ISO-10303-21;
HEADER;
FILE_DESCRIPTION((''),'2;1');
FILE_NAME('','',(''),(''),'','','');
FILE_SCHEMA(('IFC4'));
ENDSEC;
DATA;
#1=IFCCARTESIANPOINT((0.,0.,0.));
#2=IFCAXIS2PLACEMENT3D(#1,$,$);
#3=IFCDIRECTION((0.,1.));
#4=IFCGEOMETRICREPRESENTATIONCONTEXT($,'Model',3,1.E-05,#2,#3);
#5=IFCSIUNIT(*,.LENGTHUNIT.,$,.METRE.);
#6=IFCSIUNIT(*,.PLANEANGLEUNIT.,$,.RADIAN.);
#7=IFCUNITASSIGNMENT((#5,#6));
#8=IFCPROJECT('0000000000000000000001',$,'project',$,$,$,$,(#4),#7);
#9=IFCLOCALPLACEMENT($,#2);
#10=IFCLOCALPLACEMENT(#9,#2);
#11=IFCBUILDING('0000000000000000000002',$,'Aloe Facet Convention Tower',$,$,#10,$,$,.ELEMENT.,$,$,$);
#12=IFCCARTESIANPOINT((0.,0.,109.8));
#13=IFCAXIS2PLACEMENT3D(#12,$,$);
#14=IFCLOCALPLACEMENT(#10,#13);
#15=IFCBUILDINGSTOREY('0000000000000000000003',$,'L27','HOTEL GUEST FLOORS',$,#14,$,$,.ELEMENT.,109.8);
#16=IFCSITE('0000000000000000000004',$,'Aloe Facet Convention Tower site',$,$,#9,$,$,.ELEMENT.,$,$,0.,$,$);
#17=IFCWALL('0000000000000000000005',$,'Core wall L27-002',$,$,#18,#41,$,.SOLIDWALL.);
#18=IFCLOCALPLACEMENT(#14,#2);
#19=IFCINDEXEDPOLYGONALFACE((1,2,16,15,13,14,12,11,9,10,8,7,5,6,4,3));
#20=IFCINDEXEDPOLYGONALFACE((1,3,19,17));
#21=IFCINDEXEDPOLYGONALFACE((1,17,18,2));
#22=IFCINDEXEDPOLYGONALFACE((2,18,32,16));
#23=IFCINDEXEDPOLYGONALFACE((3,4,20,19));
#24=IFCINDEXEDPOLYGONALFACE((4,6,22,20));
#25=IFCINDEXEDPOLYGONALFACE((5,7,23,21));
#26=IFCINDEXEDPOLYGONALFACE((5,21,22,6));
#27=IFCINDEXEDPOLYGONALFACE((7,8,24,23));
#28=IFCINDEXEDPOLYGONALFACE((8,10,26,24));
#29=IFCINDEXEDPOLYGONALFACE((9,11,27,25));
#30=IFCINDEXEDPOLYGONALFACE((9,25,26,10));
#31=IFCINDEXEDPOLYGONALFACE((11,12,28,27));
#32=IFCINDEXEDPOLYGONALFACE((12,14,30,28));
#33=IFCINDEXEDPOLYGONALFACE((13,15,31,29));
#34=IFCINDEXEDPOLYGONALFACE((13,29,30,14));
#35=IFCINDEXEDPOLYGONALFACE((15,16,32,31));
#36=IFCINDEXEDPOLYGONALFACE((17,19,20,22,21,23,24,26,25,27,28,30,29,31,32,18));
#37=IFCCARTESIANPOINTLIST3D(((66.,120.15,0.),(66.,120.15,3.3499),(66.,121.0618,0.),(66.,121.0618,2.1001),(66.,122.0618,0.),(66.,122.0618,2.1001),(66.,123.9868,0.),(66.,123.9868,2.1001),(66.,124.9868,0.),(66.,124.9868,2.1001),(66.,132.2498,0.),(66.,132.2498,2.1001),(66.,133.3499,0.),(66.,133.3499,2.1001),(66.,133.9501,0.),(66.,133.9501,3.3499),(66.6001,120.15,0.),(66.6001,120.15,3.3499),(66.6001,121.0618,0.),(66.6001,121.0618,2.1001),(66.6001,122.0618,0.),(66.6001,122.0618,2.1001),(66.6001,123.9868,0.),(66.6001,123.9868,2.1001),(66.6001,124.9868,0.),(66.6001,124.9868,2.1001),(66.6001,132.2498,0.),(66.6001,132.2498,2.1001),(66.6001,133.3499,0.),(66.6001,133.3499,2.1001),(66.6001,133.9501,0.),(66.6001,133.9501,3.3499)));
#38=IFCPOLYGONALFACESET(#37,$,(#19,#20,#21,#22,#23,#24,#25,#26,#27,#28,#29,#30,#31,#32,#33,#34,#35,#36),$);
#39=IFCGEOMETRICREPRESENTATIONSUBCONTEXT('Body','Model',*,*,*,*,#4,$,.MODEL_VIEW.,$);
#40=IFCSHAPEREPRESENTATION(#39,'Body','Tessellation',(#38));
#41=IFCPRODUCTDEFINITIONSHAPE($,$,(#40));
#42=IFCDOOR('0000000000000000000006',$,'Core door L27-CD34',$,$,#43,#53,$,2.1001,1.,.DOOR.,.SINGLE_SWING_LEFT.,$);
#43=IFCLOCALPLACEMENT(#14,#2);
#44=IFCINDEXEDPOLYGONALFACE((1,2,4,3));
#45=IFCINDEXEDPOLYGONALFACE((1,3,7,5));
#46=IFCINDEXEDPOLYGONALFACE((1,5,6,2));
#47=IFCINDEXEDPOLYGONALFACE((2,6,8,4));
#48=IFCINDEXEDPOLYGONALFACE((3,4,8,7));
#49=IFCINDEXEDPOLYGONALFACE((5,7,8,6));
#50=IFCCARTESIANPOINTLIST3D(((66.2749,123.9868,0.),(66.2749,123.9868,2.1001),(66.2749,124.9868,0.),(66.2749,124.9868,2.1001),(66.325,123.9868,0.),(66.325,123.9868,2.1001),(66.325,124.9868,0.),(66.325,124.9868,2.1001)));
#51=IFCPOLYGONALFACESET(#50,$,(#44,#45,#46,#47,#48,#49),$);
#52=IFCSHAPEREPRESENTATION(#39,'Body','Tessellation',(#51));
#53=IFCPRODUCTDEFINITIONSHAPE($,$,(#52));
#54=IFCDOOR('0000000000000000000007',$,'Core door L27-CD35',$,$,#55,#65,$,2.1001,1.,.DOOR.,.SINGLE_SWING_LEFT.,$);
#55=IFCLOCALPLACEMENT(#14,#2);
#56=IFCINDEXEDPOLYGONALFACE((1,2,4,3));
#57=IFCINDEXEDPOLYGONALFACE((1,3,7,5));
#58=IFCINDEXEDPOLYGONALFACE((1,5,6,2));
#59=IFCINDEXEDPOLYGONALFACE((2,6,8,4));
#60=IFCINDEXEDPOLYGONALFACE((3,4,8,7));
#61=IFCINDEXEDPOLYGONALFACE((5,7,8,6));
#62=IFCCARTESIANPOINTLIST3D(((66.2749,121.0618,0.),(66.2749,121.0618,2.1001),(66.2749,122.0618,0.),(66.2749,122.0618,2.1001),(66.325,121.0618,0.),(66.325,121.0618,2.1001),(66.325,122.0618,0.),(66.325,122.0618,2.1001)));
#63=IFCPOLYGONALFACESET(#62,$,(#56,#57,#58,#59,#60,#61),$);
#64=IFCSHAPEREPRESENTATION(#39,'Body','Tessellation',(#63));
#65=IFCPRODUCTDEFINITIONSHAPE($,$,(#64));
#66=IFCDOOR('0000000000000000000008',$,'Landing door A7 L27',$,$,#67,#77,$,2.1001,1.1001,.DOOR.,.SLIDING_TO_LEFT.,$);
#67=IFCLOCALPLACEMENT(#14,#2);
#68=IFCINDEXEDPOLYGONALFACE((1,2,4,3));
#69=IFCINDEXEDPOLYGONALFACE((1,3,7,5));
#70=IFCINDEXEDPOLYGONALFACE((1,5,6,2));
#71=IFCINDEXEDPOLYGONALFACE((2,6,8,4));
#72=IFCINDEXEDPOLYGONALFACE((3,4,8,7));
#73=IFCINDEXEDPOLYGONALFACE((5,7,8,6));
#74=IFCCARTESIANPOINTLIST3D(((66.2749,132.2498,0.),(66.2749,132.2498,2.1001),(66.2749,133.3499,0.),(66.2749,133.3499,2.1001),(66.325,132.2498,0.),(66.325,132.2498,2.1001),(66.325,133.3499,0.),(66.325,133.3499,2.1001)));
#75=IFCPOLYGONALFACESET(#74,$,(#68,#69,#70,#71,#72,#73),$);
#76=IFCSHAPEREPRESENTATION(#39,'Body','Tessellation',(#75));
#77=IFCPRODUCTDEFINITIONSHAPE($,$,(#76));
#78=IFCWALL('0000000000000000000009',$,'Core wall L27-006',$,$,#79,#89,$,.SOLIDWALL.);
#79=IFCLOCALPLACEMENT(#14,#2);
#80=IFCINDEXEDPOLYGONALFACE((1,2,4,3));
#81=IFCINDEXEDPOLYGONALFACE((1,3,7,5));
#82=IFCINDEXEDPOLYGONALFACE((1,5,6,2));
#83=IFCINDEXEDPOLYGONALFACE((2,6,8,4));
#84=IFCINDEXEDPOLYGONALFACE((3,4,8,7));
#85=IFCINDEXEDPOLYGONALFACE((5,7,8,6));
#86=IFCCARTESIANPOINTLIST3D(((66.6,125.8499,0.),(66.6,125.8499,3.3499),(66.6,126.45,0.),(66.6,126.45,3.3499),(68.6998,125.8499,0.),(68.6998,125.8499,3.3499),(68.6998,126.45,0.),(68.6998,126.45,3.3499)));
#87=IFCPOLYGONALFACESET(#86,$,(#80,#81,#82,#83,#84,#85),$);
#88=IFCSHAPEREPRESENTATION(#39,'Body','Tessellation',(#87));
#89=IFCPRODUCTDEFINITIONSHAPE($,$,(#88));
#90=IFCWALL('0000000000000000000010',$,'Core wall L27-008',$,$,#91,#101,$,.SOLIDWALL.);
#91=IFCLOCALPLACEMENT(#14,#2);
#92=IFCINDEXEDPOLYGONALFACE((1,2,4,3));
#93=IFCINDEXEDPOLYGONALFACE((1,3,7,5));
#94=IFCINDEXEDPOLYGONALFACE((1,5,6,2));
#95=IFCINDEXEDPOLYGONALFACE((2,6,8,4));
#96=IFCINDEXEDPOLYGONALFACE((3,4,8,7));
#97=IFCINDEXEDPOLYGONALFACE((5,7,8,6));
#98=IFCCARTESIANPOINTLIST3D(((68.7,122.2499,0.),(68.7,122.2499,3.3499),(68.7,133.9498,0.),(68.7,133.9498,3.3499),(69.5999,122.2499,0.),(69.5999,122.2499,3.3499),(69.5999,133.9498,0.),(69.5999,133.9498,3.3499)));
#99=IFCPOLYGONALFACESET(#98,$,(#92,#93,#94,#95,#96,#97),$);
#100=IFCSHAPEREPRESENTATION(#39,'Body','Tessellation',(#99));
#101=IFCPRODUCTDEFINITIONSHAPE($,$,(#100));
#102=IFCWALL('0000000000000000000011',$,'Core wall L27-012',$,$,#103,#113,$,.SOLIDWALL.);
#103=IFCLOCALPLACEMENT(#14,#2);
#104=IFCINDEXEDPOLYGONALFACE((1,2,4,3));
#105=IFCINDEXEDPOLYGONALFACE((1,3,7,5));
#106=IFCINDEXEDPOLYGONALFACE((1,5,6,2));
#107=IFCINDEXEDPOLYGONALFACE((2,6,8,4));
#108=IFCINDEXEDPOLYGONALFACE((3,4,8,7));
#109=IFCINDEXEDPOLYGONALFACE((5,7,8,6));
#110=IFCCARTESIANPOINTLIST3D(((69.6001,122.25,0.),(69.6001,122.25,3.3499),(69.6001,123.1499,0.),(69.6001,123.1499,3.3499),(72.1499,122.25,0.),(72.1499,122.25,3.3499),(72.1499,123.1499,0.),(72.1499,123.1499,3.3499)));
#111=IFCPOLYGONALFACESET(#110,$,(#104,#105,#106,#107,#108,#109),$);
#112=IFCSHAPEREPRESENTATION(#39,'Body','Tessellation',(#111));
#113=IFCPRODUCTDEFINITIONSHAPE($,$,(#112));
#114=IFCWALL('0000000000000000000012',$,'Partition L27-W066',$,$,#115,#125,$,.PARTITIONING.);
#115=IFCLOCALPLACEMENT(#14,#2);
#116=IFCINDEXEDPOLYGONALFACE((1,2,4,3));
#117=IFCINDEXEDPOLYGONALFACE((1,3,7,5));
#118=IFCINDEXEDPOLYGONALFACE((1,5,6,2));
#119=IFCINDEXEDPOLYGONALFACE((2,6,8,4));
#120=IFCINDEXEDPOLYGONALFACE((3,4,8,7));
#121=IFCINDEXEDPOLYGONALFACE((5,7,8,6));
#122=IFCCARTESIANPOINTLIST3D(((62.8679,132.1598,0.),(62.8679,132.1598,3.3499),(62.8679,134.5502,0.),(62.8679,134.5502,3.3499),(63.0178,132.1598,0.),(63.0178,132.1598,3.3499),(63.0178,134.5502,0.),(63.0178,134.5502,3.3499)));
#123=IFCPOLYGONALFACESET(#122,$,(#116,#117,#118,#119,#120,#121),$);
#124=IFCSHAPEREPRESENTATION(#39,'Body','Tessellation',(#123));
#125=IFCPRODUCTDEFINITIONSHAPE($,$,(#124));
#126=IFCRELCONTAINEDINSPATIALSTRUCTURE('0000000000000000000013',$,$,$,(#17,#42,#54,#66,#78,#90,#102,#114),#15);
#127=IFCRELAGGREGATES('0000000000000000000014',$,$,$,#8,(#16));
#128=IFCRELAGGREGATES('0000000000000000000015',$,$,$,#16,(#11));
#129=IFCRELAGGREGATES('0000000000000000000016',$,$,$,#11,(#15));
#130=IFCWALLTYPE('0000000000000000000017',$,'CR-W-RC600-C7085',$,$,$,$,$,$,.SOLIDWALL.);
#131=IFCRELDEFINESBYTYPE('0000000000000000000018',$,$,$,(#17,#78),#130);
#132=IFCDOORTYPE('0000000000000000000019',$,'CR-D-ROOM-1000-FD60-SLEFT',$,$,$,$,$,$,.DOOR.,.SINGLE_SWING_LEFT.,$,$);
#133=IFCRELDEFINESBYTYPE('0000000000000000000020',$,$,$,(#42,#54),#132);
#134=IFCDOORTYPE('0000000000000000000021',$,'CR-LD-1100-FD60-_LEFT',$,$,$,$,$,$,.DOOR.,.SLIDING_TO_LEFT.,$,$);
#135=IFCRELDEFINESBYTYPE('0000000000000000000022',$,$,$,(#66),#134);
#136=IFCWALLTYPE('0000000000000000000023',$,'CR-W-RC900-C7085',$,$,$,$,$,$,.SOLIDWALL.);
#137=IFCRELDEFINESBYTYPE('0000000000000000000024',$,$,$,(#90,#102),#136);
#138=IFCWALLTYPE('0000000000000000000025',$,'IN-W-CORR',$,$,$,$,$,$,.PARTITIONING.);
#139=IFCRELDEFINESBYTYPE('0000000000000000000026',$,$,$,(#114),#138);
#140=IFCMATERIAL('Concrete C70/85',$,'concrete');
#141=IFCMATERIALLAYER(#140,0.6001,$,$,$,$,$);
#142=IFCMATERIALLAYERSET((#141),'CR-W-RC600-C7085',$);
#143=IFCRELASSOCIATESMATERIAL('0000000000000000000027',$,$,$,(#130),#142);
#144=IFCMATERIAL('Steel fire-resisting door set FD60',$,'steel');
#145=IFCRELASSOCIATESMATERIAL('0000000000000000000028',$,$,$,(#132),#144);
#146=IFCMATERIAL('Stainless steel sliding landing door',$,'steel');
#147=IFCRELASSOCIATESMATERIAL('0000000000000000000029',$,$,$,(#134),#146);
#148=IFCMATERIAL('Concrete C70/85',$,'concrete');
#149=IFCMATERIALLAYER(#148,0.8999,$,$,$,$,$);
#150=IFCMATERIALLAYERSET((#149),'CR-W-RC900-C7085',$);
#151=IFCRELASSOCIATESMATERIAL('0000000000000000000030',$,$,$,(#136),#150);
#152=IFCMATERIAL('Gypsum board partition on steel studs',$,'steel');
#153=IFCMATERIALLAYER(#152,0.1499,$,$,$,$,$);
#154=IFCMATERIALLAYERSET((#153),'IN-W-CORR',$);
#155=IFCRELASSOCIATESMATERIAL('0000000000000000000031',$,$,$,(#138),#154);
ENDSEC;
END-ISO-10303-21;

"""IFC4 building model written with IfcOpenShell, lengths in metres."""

from ifc_helpers import new_model, si_unit, direction, frame, frame_2d, origin, place, context, subcontext, project, spatial, rectangle, extrude, material, layer, layer_set, type_object, element, fill, save


model = new_model("IFC4")

# Units and contexts
model_context = context("Model", 3, precision=1e-05, world=origin(), true_north=direction((0.0, 1.0)))
body_context = subcontext(model_context, "Body", "Model", "MODEL_VIEW")
ifc_project = project(units=[si_unit("LENGTHUNIT", "METRE"), si_unit("PLANEANGLEUNIT", "RADIAN")], contexts=[model_context])

# Site, building, storey
site_placement = place(None, origin())
site = spatial("IfcSite", under=ifc_project, at=site_placement, Name="Aloe Facet Convention Tower site", CompositionType="ELEMENT", RefElevation=0.0)
building_placement = place(site_placement, origin())
building = spatial("IfcBuilding", under=site, at=building_placement, Name="Aloe Facet Convention Tower", CompositionType="ELEMENT")
storey_placement = place(building_placement, frame((0.0, 0.0, 109.8)))
storey = spatial("IfcBuildingStorey", under=building, at=storey_placement, Name="L27", Description="HOTEL GUEST FLOORS", CompositionType="ELEMENT", Elevation=109.8)

# Shared definitions
ifc_material_1 = material(Name="Concrete C70/85", Category="concrete")
ifc_layer_1 = layer(ifc_material_1, 0.6001)
ifc_layer_set_1 = layer_set([ifc_layer_1], Name="CR-W-RC600-C7085")
wall_type_1 = type_object("IfcWallType", Name="CR-W-RC600-C7085", PredefinedType="SOLIDWALL", material=ifc_layer_set_1)

# Wall, openings, doors
wall_1_placement = place(storey_placement, frame((66.3, 133.95, 0.0), z_axis=(0.0, 0.0, 1.0), x_axis=(0.0, -1.0, 0.0)))
wall_1 = element("IfcWall", 1, at=wall_1_placement, inside=storey, type_object=wall_type_1, Name="Core wall L27-002", PredefinedType="SOLIDWALL", context=body_context, shape_type="SweptSolid", body=[
    extrude(rectangle(XDim=13.8, YDim=0.6001, at=frame_2d((6.8999, 0.0))), origin(), (0.0, 0.0, 1.0), 3.3499),
])
opening_1_placement = place(wall_1_placement, frame((0.6001, 0.0, 0.0)))
opening_1 = element("IfcOpeningElement", 2, at=opening_1_placement, cuts=wall_1, PredefinedType="OPENING", context=body_context, shape_type="SweptSolid", body=[
    extrude(rectangle(XDim=1.1001, YDim=2.1001, at=frame_2d((0.55, 1.05))), frame((0.0, 0.3101, 0.0), z_axis=(0.0, -1.0, 0.0), x_axis=(1.0, 0.0, 0.0)), (0.0, 0.0, 1.0), 0.6201),
])
opening_2_placement = place(wall_1_placement, frame((8.9631, 0.0, 0.0)))
opening_2 = element("IfcOpeningElement", 3, at=opening_2_placement, cuts=wall_1, PredefinedType="OPENING", context=body_context, shape_type="SweptSolid", body=[
    extrude(rectangle(XDim=1.0, YDim=2.1001, at=frame_2d((0.5, 1.05))), frame((0.0, 0.3101, 0.0), z_axis=(0.0, -1.0, 0.0), x_axis=(1.0, 0.0, 0.0)), (0.0, 0.0, 1.0), 0.6201),
])
opening_3_placement = place(wall_1_placement, frame((11.8882, 0.0, 0.0)))
opening_3 = element("IfcOpeningElement", 4, at=opening_3_placement, cuts=wall_1, PredefinedType="OPENING", context=body_context, shape_type="SweptSolid", body=[
    extrude(rectangle(XDim=1.0, YDim=2.1001, at=frame_2d((0.5, 1.05))), frame((0.0, 0.3101, 0.0), z_axis=(0.0, -1.0, 0.0), x_axis=(1.0, 0.0, 0.0)), (0.0, 0.0, 1.0), 0.6201),
])
ifc_material_2 = material(Name="Steel fire-resisting door set FD60", Category="steel")
door_type_1 = type_object("IfcDoorType", Name="CR-D-ROOM-1000-FD60-SLEFT", OperationType="SINGLE_SWING_LEFT", PredefinedType="DOOR", material=ifc_material_2)
door_1_placement = place(opening_2_placement, origin())
door_1 = element("IfcDoor", 5, at=door_1_placement, inside=storey, type_object=door_type_1, Name="Core door L27-CD34", OperationType="SINGLE_SWING_LEFT", OverallHeight=2.1001, OverallWidth=1.0, PredefinedType="DOOR", context=body_context, shape_type="SweptSolid", body=[
    extrude(rectangle(XDim=1.0, YDim=2.1001, at=frame_2d((0.5, 1.05))), frame((0.0, 0.0249, 0.0), z_axis=(0.0, -1.0, 0.0), x_axis=(1.0, 0.0, 0.0)), (0.0, 0.0, 1.0), 0.05),
])
fill(opening_2, door_1)
door_2_placement = place(opening_3_placement, origin())
door_2 = element("IfcDoor", 6, at=door_2_placement, inside=storey, type_object=door_type_1, Name="Core door L27-CD35", OperationType="SINGLE_SWING_LEFT", OverallHeight=2.1001, OverallWidth=1.0, PredefinedType="DOOR", context=body_context, shape_type="SweptSolid", body=[
    extrude(rectangle(XDim=1.0, YDim=2.1001, at=frame_2d((0.5, 1.05))), frame((0.0, 0.0249, 0.0), z_axis=(0.0, -1.0, 0.0), x_axis=(1.0, 0.0, 0.0)), (0.0, 0.0, 1.0), 0.05),
])
fill(opening_3, door_2)
ifc_material_3 = material(Name="Stainless steel sliding landing door", Category="steel")
door_type_2 = type_object("IfcDoorType", Name="CR-LD-1100-FD60-_LEFT", OperationType="SLIDING_TO_LEFT", PredefinedType="DOOR", material=ifc_material_3)
door_3_placement = place(opening_1_placement, origin())
door_3 = element("IfcDoor", 7, at=door_3_placement, inside=storey, type_object=door_type_2, Name="Landing door A7 L27", OperationType="SLIDING_TO_LEFT", OverallHeight=2.1001, OverallWidth=1.1001, PredefinedType="DOOR", context=body_context, shape_type="SweptSolid", body=[
    extrude(rectangle(XDim=1.1001, YDim=2.1001, at=frame_2d((0.55, 1.05))), frame((0.0, 0.0249, 0.0), z_axis=(0.0, -1.0, 0.0), x_axis=(1.0, 0.0, 0.0)), (0.0, 0.0, 1.0), 0.05),
])
fill(opening_1, door_3)

# Walls
wall_2_placement = place(storey_placement, frame((66.6001, 126.1499, 0.0), z_axis=(0.0, 0.0, 1.0), x_axis=(1.0, 0.0, 0.0)))
element("IfcWall", 8, at=wall_2_placement, inside=storey, type_object=wall_type_1, Name="Core wall L27-006", PredefinedType="SOLIDWALL", context=body_context, shape_type="SweptSolid", body=[
    extrude(rectangle(XDim=2.0999, YDim=0.6001, at=frame_2d((1.0498, 0.0))), origin(), (0.0, 0.0, 1.0), 3.3499),
])
ifc_material_4 = material(Name="Concrete C70/85", Category="concrete")
ifc_layer_2 = layer(ifc_material_4, 0.8999)
ifc_layer_set_2 = layer_set([ifc_layer_2], Name="CR-W-RC900-C7085")
wall_type_2 = type_object("IfcWallType", Name="CR-W-RC900-C7085", PredefinedType="SOLIDWALL", material=ifc_layer_set_2)
wall_3_placement = place(storey_placement, frame((69.1499, 133.95, 0.0), z_axis=(0.0, 0.0, 1.0), x_axis=(0.0, -1.0, 0.0)))
element("IfcWall", 9, at=wall_3_placement, inside=storey, type_object=wall_type_2, Name="Core wall L27-008", PredefinedType="SOLIDWALL", context=body_context, shape_type="SweptSolid", body=[
    extrude(rectangle(XDim=11.7, YDim=0.8999, at=frame_2d((5.8501, 0.0))), origin(), (0.0, 0.0, 1.0), 3.3499),
])
wall_4_placement = place(storey_placement, frame((69.6001, 122.7, 0.0), z_axis=(0.0, 0.0, 1.0), x_axis=(1.0, 0.0, 0.0)))
element("IfcWall", 10, at=wall_4_placement, inside=storey, type_object=wall_type_2, Name="Core wall L27-012", PredefinedType="SOLIDWALL", context=body_context, shape_type="SweptSolid", body=[
    extrude(rectangle(XDim=2.5498, YDim=0.8999, at=frame_2d((1.2749, 0.0))), origin(), (0.0, 0.0, 1.0), 3.3499),
])
ifc_material_5 = material(Name="Gypsum board partition on steel studs", Category="steel")
ifc_layer_3 = layer(ifc_material_5, 0.1499)
ifc_layer_set_3 = layer_set([ifc_layer_3], Name="IN-W-CORR")
wall_type_3 = type_object("IfcWallType", Name="IN-W-CORR", PredefinedType="PARTITIONING", material=ifc_layer_set_3)
wall_5_placement = place(storey_placement, frame((62.9429, 132.1597, 0.0), z_axis=(0.0, 0.0, 1.0), x_axis=(0.0, 1.0, 0.0)))
element("IfcWall", 11, at=wall_5_placement, inside=storey, type_object=wall_type_3, Name="Partition L27-W066", PredefinedType="PARTITIONING", context=body_context, shape_type="SweptSolid", body=[
    extrude(rectangle(XDim=2.3904, YDim=0.1499, at=frame_2d((1.1953, 0.0))), origin(), (0.0, 0.0, 1.0), 3.3499),
])

save(model, "model.ifc")
